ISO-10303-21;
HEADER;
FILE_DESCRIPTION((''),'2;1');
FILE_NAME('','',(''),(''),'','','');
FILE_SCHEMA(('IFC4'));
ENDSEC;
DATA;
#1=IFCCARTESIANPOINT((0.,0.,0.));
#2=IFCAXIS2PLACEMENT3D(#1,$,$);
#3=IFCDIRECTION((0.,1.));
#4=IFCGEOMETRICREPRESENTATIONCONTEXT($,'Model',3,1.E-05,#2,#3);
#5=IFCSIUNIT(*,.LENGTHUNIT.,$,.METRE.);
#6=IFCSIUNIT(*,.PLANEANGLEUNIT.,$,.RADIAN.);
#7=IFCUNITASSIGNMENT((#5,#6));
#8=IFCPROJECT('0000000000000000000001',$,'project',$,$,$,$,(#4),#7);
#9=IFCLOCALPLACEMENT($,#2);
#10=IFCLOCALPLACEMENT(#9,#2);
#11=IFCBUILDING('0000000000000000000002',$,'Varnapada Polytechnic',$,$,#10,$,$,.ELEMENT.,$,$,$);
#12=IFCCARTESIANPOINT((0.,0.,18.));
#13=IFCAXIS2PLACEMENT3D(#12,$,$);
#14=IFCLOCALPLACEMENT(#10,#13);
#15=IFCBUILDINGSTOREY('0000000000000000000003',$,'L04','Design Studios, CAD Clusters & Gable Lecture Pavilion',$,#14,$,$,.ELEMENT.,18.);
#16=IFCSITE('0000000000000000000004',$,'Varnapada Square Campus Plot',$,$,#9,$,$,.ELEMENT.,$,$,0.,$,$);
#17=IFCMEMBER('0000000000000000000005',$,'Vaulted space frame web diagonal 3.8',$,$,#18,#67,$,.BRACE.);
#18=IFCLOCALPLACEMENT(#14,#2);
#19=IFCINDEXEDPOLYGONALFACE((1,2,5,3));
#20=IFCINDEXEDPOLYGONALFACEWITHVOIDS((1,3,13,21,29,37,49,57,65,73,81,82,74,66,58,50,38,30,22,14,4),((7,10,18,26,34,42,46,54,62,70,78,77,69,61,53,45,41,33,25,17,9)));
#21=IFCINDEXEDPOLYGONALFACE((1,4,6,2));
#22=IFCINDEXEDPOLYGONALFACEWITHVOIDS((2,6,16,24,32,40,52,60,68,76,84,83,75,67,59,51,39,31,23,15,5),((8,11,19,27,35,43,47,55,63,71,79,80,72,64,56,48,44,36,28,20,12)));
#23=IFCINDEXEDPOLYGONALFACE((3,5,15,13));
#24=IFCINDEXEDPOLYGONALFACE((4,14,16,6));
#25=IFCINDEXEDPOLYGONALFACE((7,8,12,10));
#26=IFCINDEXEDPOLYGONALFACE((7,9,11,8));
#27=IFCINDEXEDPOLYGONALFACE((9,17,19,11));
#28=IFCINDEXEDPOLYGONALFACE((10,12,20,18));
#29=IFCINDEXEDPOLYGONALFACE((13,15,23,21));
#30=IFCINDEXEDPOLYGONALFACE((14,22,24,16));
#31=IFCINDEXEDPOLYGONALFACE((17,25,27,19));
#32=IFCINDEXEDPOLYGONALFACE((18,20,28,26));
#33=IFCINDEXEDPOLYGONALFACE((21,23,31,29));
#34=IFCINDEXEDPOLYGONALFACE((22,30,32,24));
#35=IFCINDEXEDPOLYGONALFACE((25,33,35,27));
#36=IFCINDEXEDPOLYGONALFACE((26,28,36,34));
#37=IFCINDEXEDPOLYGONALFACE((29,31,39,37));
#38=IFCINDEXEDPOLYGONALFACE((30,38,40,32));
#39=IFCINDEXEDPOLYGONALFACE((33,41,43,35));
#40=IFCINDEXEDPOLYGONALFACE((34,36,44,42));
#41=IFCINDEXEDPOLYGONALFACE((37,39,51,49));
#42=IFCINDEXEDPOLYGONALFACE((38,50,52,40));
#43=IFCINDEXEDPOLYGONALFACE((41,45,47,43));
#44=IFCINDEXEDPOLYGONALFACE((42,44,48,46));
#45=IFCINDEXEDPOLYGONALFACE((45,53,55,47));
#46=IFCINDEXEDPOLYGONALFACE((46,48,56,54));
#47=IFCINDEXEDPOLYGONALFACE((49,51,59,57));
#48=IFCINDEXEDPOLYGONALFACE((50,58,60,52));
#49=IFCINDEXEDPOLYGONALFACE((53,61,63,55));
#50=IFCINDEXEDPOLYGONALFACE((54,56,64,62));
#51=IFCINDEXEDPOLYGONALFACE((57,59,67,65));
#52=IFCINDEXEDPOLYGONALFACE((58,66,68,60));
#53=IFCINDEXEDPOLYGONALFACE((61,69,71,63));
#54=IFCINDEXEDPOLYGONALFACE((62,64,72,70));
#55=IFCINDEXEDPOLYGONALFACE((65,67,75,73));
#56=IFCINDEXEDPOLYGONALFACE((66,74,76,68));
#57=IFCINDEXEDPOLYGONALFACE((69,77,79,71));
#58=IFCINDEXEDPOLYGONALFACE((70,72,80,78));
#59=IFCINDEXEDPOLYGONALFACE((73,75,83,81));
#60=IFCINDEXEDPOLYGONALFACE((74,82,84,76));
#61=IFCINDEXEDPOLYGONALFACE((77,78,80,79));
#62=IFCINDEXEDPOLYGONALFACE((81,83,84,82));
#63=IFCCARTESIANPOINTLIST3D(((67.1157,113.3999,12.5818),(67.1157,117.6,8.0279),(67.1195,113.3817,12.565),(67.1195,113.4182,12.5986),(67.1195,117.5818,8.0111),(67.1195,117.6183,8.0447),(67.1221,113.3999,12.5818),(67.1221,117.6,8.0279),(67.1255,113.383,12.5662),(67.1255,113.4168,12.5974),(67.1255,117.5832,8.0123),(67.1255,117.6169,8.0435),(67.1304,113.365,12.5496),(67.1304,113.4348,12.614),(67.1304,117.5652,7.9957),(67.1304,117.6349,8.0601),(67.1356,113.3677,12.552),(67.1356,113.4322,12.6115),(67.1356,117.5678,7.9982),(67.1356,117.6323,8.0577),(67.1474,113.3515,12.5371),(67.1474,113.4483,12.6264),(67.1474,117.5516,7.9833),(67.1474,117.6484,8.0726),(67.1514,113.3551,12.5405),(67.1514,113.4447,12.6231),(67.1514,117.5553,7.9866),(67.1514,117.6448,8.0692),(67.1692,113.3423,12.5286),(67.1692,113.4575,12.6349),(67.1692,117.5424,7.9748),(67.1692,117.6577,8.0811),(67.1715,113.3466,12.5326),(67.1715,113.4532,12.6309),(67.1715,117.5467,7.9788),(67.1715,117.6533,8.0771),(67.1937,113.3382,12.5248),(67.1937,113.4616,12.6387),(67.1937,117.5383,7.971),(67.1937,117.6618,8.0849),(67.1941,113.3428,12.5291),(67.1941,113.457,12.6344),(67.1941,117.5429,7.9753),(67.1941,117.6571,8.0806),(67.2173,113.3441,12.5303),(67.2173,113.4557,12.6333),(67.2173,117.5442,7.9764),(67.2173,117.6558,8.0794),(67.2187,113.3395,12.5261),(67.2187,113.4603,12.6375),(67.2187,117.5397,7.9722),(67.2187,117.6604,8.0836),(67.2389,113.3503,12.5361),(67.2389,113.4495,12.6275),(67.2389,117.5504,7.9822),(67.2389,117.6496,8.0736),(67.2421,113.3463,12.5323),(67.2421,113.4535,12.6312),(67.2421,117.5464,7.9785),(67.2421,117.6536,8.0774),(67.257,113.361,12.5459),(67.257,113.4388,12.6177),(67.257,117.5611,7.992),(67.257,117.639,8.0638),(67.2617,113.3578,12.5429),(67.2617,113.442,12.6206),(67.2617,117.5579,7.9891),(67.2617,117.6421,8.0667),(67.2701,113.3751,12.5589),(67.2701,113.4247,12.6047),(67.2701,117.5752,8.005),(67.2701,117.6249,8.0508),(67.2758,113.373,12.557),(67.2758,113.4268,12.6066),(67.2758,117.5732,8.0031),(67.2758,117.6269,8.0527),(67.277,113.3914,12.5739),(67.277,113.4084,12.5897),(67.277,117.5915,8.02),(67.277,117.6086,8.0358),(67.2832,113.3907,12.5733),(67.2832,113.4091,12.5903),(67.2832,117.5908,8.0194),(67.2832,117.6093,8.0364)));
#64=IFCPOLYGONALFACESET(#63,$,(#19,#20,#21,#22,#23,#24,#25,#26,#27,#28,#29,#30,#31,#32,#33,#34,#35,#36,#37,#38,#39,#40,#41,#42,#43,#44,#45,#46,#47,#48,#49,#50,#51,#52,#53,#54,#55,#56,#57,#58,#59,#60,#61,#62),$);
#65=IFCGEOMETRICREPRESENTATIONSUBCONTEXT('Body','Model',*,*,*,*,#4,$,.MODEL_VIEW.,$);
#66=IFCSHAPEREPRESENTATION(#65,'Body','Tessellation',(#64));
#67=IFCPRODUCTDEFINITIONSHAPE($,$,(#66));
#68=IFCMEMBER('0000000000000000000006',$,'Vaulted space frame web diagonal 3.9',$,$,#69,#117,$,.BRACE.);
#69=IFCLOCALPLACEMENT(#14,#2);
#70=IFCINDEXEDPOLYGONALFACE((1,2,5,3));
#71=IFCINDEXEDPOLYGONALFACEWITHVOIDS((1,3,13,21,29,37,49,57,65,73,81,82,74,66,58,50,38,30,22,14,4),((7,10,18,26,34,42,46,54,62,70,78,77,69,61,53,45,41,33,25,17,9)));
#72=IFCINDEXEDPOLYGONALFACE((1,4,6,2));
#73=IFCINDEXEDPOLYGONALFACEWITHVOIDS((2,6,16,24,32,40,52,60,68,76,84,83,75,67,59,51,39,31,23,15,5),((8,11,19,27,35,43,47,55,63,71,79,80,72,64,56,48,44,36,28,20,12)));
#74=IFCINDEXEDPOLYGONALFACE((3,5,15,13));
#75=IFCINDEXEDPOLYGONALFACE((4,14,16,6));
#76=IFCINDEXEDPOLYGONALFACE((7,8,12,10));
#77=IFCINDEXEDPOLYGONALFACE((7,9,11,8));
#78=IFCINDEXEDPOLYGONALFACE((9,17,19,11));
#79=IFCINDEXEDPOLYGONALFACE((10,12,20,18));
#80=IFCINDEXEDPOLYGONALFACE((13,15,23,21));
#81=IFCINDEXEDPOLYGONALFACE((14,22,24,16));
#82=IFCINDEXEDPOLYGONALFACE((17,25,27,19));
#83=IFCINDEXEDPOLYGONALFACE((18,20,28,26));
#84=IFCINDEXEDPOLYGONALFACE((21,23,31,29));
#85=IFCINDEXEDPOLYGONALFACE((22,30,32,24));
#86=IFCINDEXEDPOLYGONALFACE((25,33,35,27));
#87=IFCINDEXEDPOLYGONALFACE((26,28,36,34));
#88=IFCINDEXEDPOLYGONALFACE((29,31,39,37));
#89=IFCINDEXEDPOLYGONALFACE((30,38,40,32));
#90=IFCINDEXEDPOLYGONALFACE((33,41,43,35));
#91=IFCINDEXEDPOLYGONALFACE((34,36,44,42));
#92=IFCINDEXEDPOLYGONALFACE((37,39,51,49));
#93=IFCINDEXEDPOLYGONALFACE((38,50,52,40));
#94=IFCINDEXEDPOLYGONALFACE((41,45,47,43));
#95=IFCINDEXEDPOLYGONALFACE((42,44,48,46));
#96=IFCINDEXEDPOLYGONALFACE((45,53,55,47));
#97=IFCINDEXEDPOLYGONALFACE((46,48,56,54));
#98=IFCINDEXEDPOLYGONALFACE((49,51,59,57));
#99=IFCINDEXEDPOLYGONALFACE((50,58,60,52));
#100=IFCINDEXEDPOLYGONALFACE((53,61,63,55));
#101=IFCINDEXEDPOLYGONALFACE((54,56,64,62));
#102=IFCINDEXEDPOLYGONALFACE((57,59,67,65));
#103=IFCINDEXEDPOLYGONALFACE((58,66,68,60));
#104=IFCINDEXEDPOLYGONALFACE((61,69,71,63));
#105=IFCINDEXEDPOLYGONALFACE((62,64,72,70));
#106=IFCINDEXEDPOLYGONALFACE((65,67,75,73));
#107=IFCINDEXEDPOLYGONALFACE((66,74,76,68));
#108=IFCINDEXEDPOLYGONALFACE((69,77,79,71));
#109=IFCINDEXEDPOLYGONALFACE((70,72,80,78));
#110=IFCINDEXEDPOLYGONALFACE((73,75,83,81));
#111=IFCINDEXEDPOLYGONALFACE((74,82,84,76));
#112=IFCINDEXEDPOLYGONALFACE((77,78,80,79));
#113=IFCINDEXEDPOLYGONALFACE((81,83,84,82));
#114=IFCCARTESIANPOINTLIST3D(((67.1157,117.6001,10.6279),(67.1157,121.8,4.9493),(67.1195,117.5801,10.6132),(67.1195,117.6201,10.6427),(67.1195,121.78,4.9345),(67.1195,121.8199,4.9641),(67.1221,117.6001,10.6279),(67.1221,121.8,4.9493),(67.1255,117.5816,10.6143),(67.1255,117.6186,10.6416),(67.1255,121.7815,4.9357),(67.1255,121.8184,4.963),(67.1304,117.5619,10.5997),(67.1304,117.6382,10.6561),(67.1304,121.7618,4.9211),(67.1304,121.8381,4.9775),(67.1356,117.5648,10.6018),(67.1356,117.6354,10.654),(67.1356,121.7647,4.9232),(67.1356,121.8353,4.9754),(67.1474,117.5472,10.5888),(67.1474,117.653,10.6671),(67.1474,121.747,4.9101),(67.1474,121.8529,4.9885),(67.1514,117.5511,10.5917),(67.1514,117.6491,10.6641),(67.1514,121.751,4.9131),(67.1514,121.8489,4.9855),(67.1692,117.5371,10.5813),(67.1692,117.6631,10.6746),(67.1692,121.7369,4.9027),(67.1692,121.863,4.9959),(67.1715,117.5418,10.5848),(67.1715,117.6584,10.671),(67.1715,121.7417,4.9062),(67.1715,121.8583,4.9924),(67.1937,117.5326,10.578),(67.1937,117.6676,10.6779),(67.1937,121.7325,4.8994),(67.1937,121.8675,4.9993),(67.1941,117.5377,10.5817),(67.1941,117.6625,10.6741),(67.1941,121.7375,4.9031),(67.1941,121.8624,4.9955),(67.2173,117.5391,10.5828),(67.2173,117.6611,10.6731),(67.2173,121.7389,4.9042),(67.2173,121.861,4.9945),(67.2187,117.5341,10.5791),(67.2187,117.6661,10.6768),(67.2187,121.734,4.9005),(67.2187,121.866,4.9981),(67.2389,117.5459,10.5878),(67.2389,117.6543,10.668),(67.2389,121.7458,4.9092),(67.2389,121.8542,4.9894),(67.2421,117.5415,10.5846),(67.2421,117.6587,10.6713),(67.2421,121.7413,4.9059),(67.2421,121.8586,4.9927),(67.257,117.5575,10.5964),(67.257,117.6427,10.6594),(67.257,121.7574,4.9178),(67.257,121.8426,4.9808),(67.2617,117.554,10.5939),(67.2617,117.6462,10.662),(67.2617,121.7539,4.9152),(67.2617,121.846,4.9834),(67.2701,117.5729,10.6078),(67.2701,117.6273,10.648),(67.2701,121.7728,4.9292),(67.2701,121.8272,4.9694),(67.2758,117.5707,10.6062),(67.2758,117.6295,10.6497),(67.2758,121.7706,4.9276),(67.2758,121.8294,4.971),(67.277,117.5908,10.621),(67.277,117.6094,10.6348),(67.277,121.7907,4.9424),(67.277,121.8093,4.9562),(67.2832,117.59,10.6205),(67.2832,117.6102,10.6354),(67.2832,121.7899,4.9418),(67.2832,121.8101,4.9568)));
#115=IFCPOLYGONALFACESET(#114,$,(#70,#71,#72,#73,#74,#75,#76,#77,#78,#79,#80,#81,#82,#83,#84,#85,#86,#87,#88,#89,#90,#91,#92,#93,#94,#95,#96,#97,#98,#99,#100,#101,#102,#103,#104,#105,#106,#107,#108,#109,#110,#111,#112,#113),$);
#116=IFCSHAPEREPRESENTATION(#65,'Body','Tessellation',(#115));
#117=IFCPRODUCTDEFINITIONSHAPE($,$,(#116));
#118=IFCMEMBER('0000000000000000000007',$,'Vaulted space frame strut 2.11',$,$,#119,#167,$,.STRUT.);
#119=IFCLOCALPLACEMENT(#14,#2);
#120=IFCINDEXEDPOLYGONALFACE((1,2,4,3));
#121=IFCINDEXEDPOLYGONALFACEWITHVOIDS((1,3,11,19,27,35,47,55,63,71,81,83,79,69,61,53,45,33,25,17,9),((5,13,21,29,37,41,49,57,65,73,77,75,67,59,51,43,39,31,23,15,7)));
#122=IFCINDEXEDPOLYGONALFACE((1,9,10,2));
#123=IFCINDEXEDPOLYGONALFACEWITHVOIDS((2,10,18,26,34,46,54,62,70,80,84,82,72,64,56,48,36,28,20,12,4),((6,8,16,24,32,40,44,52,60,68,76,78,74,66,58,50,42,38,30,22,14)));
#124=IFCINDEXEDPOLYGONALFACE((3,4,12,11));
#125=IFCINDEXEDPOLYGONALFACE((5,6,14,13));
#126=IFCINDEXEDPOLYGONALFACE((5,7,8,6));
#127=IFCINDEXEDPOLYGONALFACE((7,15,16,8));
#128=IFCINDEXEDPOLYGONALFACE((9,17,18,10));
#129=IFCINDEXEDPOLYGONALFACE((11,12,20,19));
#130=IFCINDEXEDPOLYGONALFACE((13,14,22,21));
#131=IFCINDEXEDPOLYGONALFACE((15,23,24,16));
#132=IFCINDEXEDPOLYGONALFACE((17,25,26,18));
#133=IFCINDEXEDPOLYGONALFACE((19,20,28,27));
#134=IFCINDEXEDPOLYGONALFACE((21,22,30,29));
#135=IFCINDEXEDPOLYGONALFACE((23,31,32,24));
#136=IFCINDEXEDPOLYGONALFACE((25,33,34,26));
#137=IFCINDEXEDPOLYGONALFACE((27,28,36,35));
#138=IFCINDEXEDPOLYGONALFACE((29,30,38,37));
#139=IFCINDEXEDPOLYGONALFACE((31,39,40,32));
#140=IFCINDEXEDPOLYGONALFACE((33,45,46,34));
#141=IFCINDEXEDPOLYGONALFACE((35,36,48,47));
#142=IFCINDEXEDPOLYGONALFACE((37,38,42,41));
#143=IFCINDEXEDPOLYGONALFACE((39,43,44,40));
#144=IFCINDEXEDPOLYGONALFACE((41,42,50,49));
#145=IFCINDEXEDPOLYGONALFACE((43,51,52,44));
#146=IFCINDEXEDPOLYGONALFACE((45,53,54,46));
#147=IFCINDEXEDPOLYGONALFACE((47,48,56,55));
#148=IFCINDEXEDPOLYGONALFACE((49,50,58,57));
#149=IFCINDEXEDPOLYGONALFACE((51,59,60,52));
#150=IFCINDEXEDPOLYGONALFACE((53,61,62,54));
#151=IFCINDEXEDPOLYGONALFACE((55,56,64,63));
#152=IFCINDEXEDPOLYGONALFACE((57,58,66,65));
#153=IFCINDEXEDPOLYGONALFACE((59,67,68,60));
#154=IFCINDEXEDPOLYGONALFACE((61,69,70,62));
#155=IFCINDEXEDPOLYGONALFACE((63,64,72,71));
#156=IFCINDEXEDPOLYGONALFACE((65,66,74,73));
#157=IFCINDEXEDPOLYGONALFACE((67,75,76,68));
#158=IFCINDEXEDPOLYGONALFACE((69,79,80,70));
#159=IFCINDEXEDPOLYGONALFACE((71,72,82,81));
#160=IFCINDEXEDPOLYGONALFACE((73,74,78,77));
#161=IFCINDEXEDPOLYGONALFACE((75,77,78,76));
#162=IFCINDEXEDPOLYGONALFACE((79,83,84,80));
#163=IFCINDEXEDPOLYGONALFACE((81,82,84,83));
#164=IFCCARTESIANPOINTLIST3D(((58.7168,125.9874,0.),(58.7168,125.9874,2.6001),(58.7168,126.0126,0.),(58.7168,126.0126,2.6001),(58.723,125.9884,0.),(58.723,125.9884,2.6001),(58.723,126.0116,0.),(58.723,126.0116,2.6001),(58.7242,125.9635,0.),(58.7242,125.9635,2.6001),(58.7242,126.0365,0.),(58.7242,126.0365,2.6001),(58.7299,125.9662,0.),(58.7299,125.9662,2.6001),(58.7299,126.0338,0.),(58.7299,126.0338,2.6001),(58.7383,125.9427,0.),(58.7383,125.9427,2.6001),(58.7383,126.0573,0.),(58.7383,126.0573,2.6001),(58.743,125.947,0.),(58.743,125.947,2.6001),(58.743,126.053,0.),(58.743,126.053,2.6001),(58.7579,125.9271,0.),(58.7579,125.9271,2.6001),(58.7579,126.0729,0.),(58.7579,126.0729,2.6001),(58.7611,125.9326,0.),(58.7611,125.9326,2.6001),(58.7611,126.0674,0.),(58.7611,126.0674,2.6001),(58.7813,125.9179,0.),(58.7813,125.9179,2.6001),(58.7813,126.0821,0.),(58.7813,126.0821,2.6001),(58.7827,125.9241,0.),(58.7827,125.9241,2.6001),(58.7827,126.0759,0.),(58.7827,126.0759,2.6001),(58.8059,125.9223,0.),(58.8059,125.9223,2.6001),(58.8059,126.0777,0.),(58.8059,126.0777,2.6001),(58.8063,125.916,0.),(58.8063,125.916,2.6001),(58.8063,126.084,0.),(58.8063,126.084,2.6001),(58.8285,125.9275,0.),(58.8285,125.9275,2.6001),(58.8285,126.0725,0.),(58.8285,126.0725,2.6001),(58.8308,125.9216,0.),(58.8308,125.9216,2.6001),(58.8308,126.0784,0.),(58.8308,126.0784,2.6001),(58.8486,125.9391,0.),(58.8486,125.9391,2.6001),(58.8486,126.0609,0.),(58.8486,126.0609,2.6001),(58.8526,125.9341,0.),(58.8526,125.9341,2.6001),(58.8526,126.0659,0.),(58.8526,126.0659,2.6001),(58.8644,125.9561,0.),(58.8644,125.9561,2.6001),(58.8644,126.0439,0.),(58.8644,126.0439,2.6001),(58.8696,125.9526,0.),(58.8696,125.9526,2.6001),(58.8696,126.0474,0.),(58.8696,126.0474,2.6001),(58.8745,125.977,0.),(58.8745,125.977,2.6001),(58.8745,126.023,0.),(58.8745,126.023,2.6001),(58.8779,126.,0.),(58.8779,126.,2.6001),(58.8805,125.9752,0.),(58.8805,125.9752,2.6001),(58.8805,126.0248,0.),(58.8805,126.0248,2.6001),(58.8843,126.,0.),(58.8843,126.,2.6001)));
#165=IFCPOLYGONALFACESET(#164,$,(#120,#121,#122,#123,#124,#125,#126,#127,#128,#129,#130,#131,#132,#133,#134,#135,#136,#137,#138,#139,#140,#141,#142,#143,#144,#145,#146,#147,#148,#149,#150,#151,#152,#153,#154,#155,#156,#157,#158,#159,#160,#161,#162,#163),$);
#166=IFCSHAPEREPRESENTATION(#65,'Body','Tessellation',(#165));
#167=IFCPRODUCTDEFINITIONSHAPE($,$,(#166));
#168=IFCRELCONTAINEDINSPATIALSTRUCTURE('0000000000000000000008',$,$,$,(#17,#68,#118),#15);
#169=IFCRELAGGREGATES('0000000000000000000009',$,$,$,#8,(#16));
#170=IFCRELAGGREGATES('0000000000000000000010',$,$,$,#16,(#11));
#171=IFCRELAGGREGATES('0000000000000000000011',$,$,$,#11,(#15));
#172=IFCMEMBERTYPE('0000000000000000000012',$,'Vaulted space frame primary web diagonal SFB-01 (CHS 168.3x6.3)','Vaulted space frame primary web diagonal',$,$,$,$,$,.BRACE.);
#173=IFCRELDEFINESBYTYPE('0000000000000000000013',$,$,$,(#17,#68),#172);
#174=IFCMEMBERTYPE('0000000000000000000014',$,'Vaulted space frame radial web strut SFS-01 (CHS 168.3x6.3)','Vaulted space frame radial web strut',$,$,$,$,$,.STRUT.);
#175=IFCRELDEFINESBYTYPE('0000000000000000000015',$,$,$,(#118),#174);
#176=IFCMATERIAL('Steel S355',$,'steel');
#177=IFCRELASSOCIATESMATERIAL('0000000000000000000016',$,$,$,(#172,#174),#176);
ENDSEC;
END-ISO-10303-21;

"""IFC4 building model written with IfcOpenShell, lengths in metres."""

from ifc_helpers import new_model, si_unit, direction, frame, origin, origin_2d, place, context, subcontext, project, spatial, hollow_circle, extrude, material, material_profile, profile_set, type_object, element, save


model = new_model("IFC4")

# Units and contexts
model_context = context("Model", 3, precision=1e-05, world=origin(), true_north=direction((0.0, 1.0)))
body_context = subcontext(model_context, "Body", "Model", "MODEL_VIEW")
ifc_project = project(units=[si_unit("LENGTHUNIT", "METRE"), si_unit("PLANEANGLEUNIT", "RADIAN")], contexts=[model_context])

# Site, building, storey
site_placement = place(None, origin())
site = spatial("IfcSite", under=ifc_project, at=site_placement, Name="Varnapada Square Campus Plot", CompositionType="ELEMENT", RefElevation=0.0)
building_placement = place(site_placement, origin())
building = spatial("IfcBuilding", under=site, at=building_placement, Name="Varnapada Polytechnic", CompositionType="ELEMENT")
storey_placement = place(building_placement, frame((0.0, 0.0, 18.0)))
storey = spatial("IfcBuildingStorey", under=building, at=storey_placement, Name="L04", Description="Design Studios, CAD Clusters & Gable Lecture Pavilion", CompositionType="ELEMENT", Elevation=18.0)

# Shared definitions
ifc_material = material(Name="Steel S355", Category="steel")

# Members
ifc_material_profile_1 = material_profile(ifc_material, hollow_circle(Radius=0.0842, WallThickness=0.0063, at=origin_2d()), Name="CHS 168.3x6.3")
ifc_profile_set_1 = profile_set([ifc_material_profile_1], Name="Steel S355")
member_type_1 = type_object("IfcMemberType", Name="Vaulted space frame primary web diagonal SFB-01 (CHS 168.3x6.3)", Description="Vaulted space frame primary web diagonal", PredefinedType="BRACE", material=ifc_profile_set_1)
member_1_placement = place(storey_placement, frame((67.2, 113.3999, 12.5818), z_axis=(0.0, 0.677979, -0.735081), x_axis=(-1.0, 0.0, 0.0)))
element("IfcMember", 1, at=member_1_placement, inside=storey, type_object=member_type_1, Name="Vaulted space frame web diagonal 3.8", PredefinedType="BRACE", context=body_context, shape_type="SweptSolid", body=[
    extrude(hollow_circle(Radius=0.0842, WallThickness=0.0063, at=origin_2d()), origin(), (0.0, 0.0, 1.0), 6.1951),
])
member_2_placement = place(storey_placement, frame((67.2, 117.6001, 10.6279), z_axis=(0.0, 0.594633, -0.803997), x_axis=(-1.0, 0.0, 0.0)))
element("IfcMember", 2, at=member_2_placement, inside=storey, type_object=member_type_1, Name="Vaulted space frame web diagonal 3.9", PredefinedType="BRACE", context=body_context, shape_type="SweptSolid", body=[
    extrude(hollow_circle(Radius=0.0842, WallThickness=0.0063, at=origin_2d()), origin(), (0.0, 0.0, 1.0), 7.063),
])
ifc_material_profile_2 = material_profile(ifc_material, hollow_circle(Radius=0.0842, WallThickness=0.0063, at=origin_2d()), Name="CHS 168.3x6.3")
ifc_profile_set_2 = profile_set([ifc_material_profile_2], Name="Steel S355")
member_type_2 = type_object("IfcMemberType", Name="Vaulted space frame radial web strut SFS-01 (CHS 168.3x6.3)", Description="Vaulted space frame radial web strut", PredefinedType="STRUT", material=ifc_profile_set_2)
member_3_placement = place(storey_placement, frame((58.8, 126.0, 0.0), z_axis=(0.0, 0.0, 1.0), x_axis=(1.0, 0.0, 0.0)))
element("IfcMember", 3, at=member_3_placement, inside=storey, type_object=member_type_2, Name="Vaulted space frame strut 2.11", PredefinedType="STRUT", context=body_context, shape_type="SweptSolid", body=[
    extrude(hollow_circle(Radius=0.0842, WallThickness=0.0063, at=origin_2d()), origin(), (0.0, 0.0, 1.0), 2.6001),
])

save(model, "model.ifc")
